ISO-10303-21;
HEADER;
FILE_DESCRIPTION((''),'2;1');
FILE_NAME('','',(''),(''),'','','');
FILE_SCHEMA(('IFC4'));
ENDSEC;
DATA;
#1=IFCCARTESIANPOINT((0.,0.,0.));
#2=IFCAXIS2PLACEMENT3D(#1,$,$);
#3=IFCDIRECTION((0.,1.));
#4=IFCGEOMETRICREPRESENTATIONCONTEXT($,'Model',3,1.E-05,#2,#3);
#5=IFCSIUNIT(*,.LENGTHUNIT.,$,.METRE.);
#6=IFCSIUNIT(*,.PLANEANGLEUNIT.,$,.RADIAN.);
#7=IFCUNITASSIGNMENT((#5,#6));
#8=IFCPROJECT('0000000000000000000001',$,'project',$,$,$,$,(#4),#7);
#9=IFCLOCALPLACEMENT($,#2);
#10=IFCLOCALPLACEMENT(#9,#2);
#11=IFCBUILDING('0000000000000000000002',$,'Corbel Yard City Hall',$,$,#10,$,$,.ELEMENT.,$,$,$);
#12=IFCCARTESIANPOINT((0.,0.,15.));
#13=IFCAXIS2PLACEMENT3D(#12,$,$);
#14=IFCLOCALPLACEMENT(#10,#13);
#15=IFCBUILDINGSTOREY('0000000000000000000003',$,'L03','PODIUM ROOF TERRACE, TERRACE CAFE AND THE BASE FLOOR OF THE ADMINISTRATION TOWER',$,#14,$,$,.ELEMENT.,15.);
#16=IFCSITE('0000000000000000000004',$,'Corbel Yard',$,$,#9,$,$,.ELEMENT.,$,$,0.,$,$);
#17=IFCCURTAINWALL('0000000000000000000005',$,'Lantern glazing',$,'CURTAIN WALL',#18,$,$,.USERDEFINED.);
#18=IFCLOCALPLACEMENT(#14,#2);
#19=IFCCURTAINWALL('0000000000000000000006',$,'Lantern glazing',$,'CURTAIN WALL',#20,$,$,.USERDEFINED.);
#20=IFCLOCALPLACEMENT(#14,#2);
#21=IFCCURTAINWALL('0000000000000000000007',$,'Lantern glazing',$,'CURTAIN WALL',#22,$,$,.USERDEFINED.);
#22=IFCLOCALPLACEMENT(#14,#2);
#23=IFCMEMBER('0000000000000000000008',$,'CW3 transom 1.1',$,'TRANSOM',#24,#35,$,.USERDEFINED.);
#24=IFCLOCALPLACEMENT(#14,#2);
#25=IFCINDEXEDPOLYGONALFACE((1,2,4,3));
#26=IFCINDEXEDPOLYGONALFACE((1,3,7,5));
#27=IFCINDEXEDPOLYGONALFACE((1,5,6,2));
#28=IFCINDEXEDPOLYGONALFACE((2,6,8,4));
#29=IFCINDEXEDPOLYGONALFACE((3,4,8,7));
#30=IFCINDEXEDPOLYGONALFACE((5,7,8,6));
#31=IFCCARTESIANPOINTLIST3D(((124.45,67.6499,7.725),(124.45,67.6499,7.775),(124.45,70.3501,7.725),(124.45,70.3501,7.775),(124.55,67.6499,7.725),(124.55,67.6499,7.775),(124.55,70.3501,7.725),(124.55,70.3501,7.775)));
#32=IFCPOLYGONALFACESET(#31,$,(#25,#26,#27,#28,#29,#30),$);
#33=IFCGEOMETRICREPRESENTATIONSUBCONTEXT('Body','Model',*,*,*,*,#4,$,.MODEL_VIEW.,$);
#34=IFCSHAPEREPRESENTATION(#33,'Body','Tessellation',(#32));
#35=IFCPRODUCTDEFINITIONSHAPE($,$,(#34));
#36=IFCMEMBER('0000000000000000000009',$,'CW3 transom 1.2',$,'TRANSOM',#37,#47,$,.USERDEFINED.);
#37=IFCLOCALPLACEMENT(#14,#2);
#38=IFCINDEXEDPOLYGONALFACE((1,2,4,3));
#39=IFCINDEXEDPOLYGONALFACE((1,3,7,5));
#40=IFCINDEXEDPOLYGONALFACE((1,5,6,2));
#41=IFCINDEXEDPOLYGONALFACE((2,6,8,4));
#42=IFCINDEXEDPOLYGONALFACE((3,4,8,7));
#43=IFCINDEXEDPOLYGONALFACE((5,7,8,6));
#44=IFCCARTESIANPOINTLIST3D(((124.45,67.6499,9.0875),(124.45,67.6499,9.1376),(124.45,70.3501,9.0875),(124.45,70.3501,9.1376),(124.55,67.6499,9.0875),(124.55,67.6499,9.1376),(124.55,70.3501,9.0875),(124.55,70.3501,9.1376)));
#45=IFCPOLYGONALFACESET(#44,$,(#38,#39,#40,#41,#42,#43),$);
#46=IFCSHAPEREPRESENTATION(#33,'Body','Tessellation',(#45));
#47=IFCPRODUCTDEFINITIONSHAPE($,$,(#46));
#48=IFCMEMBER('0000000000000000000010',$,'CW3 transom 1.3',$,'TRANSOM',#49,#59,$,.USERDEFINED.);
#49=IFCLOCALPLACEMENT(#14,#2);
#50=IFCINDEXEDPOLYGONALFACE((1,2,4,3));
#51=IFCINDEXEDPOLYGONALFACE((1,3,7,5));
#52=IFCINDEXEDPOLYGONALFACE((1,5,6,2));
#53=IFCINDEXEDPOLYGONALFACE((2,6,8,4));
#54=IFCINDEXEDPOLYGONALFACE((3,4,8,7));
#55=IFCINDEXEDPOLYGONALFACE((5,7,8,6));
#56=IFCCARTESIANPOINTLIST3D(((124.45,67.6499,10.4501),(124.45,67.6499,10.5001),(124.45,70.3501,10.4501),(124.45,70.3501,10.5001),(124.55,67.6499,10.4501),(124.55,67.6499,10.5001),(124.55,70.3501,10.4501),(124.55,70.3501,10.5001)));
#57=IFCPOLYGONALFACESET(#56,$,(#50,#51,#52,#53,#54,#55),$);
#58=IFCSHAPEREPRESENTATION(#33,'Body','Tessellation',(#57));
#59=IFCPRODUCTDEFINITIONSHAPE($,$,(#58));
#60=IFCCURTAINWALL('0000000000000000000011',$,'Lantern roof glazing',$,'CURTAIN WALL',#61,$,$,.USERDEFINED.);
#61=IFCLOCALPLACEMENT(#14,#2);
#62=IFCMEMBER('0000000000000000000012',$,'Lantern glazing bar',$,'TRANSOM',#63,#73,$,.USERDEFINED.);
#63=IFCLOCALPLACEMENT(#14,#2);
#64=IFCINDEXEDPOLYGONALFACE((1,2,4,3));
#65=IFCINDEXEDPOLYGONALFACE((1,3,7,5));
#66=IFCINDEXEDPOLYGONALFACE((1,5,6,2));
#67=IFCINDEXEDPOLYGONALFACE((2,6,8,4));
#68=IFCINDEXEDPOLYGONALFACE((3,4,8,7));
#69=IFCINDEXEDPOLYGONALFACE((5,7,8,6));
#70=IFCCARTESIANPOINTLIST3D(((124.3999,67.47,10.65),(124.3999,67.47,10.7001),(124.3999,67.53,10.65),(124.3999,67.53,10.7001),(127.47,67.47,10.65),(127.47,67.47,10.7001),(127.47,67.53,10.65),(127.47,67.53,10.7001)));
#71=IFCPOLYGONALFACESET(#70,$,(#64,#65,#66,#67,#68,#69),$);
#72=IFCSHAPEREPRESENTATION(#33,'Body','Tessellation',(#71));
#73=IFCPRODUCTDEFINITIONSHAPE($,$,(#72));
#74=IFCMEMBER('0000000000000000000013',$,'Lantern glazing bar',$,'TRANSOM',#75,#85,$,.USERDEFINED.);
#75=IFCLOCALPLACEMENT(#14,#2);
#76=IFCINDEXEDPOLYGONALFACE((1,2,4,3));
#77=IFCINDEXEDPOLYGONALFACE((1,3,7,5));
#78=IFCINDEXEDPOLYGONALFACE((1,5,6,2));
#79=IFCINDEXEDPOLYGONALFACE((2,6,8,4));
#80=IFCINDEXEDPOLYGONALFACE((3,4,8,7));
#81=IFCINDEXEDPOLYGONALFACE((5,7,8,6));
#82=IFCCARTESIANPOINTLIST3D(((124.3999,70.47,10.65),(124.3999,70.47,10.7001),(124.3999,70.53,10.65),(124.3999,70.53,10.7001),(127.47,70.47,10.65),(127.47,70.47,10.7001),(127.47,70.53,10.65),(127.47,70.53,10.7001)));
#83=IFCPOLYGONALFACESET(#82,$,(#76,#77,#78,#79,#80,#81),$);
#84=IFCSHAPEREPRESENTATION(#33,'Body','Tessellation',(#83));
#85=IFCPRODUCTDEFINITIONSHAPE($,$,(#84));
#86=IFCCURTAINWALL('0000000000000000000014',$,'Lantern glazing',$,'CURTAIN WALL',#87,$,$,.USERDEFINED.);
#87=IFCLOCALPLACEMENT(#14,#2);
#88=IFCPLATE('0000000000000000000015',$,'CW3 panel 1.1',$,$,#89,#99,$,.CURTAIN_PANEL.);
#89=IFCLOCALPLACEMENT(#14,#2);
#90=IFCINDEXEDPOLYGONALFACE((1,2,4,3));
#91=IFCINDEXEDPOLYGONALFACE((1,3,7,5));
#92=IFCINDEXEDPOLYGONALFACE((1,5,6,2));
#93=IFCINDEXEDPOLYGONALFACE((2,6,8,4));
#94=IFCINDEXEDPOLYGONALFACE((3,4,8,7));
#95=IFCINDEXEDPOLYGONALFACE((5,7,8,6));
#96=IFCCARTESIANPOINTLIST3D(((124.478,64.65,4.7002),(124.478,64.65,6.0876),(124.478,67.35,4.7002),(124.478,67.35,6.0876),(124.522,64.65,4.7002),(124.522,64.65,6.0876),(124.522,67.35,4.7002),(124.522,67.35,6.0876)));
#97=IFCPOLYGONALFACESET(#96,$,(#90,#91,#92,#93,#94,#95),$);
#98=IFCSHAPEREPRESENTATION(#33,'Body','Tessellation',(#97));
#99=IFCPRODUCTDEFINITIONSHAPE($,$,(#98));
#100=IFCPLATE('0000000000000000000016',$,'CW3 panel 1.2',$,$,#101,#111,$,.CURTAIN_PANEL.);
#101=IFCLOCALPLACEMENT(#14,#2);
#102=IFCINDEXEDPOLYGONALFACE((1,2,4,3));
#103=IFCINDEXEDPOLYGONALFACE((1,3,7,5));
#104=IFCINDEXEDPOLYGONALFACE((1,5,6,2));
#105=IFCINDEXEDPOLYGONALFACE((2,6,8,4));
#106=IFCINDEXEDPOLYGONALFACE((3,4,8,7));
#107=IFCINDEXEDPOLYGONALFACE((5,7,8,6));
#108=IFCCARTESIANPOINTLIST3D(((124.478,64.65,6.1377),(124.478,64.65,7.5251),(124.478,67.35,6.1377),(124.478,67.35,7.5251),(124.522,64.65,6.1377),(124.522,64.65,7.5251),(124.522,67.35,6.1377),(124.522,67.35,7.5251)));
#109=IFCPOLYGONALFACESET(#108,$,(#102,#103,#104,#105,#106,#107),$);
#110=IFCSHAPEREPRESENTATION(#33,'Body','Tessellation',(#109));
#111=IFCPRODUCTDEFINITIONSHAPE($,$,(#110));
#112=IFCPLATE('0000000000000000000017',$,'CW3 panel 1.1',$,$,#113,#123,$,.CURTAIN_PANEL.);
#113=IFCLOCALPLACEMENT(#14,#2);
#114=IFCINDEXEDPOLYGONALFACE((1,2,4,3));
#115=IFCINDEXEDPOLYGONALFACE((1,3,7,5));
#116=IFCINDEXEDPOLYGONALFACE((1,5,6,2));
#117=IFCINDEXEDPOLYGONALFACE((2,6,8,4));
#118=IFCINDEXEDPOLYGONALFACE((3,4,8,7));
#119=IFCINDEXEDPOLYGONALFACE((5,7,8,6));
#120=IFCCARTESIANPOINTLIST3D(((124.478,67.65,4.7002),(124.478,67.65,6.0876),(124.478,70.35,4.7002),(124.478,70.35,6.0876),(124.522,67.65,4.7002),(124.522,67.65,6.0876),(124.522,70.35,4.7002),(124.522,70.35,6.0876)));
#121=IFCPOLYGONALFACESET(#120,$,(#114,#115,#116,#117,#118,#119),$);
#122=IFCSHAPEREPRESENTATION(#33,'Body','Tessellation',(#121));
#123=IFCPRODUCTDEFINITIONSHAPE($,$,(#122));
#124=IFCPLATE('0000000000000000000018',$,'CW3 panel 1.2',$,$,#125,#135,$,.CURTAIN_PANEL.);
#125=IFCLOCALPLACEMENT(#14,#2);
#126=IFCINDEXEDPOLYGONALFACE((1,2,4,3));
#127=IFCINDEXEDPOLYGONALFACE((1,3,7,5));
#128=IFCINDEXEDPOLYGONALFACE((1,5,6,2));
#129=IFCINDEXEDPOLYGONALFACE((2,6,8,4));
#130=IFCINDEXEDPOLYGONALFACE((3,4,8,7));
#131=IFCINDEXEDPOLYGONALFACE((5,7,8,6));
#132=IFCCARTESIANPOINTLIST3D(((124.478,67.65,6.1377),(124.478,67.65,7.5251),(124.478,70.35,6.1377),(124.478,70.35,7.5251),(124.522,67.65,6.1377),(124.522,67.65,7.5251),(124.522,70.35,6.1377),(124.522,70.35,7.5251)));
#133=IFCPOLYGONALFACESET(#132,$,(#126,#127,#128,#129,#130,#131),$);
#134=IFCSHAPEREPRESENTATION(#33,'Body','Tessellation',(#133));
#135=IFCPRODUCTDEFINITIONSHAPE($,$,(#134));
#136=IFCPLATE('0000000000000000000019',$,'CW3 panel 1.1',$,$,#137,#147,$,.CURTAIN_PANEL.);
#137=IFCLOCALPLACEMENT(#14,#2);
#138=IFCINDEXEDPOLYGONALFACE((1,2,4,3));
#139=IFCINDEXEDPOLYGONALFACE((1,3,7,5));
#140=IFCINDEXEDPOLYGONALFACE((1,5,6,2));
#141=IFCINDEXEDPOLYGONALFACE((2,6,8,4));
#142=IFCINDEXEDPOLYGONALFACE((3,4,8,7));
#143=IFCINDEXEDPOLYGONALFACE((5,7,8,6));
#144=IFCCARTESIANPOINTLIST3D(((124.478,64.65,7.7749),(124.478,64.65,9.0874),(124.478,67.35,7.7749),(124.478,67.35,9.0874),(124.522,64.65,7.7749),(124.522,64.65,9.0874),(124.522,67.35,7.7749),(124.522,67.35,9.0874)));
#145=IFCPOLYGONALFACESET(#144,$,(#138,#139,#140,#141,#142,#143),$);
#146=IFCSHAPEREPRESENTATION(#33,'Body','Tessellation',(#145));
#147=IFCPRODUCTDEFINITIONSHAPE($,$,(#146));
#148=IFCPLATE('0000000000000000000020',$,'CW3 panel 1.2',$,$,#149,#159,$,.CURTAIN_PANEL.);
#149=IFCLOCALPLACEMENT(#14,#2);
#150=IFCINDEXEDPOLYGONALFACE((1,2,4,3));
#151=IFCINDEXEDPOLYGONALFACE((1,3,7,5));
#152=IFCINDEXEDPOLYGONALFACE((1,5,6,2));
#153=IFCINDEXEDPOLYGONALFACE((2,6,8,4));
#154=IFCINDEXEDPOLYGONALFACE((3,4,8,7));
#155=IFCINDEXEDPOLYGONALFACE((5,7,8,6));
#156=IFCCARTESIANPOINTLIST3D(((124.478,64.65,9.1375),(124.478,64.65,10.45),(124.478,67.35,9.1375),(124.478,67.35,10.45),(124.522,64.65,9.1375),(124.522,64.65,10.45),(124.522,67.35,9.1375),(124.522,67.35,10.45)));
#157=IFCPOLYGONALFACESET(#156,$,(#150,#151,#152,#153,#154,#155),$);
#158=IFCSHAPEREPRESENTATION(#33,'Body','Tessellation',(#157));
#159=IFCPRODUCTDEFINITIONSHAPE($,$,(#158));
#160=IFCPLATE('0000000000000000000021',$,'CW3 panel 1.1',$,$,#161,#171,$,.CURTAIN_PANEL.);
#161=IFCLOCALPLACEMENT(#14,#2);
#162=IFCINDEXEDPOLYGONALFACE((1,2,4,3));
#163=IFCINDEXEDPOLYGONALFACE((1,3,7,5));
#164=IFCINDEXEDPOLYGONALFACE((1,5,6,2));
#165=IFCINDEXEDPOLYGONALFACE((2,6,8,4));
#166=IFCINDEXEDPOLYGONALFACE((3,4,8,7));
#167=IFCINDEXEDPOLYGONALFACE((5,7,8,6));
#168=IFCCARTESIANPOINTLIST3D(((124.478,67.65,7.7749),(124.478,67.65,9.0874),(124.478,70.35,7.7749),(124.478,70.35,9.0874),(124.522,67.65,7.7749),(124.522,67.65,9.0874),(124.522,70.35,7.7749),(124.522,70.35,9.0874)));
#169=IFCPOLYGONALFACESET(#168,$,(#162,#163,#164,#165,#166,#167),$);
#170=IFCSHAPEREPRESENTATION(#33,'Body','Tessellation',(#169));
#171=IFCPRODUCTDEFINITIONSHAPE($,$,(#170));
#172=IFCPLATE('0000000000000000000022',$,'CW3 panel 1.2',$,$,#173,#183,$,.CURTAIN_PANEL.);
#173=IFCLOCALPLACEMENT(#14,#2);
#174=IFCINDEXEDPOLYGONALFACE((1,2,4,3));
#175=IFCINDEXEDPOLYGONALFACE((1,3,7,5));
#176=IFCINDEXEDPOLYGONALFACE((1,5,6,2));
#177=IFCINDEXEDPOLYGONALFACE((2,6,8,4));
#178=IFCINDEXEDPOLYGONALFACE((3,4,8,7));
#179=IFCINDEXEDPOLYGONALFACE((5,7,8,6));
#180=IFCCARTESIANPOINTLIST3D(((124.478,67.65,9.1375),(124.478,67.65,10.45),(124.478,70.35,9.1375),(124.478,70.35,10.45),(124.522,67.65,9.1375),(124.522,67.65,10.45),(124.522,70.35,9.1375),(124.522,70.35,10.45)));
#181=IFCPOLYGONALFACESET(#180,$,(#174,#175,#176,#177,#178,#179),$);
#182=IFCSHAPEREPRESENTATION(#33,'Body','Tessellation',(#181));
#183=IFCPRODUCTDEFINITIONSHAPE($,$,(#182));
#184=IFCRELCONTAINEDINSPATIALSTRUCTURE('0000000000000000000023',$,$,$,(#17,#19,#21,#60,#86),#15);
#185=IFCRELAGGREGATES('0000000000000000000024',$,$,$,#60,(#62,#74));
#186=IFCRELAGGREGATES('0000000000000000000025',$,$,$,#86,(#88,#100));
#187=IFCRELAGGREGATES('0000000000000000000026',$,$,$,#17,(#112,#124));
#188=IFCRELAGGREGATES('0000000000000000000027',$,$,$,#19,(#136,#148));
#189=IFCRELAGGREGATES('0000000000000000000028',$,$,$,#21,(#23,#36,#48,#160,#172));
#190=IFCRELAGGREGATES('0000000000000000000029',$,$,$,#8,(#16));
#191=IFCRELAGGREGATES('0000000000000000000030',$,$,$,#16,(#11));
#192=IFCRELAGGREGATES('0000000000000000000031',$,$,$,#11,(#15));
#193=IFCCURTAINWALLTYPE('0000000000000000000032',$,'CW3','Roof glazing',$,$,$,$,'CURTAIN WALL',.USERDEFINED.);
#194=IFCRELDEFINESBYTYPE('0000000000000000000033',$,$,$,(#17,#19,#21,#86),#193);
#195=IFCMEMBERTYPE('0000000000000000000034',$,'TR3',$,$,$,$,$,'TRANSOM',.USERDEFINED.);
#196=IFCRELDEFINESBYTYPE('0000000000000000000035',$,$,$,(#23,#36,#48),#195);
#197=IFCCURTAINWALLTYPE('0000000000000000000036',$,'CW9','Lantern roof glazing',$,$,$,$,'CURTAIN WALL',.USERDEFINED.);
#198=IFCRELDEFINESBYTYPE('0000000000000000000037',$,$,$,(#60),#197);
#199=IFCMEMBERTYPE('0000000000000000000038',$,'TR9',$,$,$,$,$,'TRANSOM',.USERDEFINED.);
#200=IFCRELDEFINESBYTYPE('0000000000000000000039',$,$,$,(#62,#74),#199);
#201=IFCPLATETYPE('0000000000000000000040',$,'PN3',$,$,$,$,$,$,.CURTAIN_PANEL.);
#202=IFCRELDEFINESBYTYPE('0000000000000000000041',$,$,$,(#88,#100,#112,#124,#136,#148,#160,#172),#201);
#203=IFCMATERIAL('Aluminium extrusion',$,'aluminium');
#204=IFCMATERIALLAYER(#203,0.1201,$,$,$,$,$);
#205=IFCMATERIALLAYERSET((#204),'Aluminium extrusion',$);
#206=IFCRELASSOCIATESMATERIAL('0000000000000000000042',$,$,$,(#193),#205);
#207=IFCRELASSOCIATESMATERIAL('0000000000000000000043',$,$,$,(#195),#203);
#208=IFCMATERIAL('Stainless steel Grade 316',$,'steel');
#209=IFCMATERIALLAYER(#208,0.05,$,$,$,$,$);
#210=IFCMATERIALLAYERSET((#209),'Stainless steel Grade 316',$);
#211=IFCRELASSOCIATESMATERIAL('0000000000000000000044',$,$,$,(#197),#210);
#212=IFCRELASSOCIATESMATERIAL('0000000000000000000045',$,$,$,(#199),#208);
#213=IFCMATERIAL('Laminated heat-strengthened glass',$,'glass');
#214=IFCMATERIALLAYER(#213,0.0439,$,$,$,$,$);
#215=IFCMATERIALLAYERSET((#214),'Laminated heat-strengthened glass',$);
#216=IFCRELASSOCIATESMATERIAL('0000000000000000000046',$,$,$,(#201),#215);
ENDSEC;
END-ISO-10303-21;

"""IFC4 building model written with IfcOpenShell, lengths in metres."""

from ifc_helpers import new_model, si_unit, direction, frame, origin, origin_2d, place, context, subcontext, project, spatial, rectangle, extrude, material, layer, layer_set, material_profile, profile_set, type_object, element, aggregate, save


model = new_model("IFC4")

# Units and contexts
model_context = context("Model", 3, precision=1e-05, world=origin(), true_north=direction((0.0, 1.0)))
body_context = subcontext(model_context, "Body", "Model", "MODEL_VIEW")
ifc_project = project(units=[si_unit("LENGTHUNIT", "METRE"), si_unit("PLANEANGLEUNIT", "RADIAN")], contexts=[model_context])

# Site, building, storey
site_placement = place(None, origin())
site = spatial("IfcSite", under=ifc_project, at=site_placement, Name="Corbel Yard", CompositionType="ELEMENT", RefElevation=0.0)
building_placement = place(site_placement, origin())
building = spatial("IfcBuilding", under=site, at=building_placement, Name="Corbel Yard City Hall", CompositionType="ELEMENT")
storey_placement = place(building_placement, frame((0.0, 0.0, 15.0)))
storey = spatial("IfcBuildingStorey", under=building, at=storey_placement, Name="L03", Description="PODIUM ROOF TERRACE, TERRACE CAFE AND THE BASE FLOOR OF THE ADMINISTRATION TOWER", CompositionType="ELEMENT", Elevation=15.0)

# Curtain walls
ifc_material_1 = material(Name="Aluminium extrusion", Category="aluminium")
ifc_layer_1 = layer(ifc_material_1, 0.1201)
ifc_layer_set_1 = layer_set([ifc_layer_1], Name="Aluminium extrusion")
curtain_wall_type_1 = type_object("IfcCurtainWallType", Name="CW3", Description="Roof glazing", ElementType="CURTAIN WALL", PredefinedType="USERDEFINED", material=ifc_layer_set_1)
curtain_wall_1_placement = place(storey_placement, origin())
curtain_wall_1 = element("IfcCurtainWall", 1, at=curtain_wall_1_placement, inside=storey, type_object=curtain_wall_type_1, Name="Lantern glazing", ObjectType="CURTAIN WALL", PredefinedType="USERDEFINED")
curtain_wall_2_placement = place(storey_placement, origin())
curtain_wall_2 = element("IfcCurtainWall", 2, at=curtain_wall_2_placement, inside=storey, type_object=curtain_wall_type_1, Name="Lantern glazing", ObjectType="CURTAIN WALL", PredefinedType="USERDEFINED")

# Curtain wall
curtain_wall_3_placement = place(storey_placement, origin())
curtain_wall_3 = element("IfcCurtainWall", 3, at=curtain_wall_3_placement, inside=storey, type_object=curtain_wall_type_1, Name="Lantern glazing", ObjectType="CURTAIN WALL", PredefinedType="USERDEFINED")

# Members
ifc_material_profile_1 = material_profile(ifc_material_1, rectangle(XDim=0.1001, YDim=0.05, at=origin_2d()), Name="100x50")
ifc_profile_set_1 = profile_set([ifc_material_profile_1], Name="Aluminium extrusion")
member_type_1 = type_object("IfcMemberType", Name="TR3", ElementType="TRANSOM", PredefinedType="USERDEFINED", material=ifc_profile_set_1)
member_1_placement = place(storey_placement, frame((124.5, 67.6499, 7.75), z_axis=(0.0, 1.0, 0.0), x_axis=(-1.0, 0.0, 0.0)))
member_1 = element("IfcMember", 4, at=member_1_placement, type_object=member_type_1, Name="CW3 transom 1.1", ObjectType="TRANSOM", PredefinedType="USERDEFINED", context=body_context, shape_type="SweptSolid", body=[
    extrude(rectangle(XDim=0.1001, YDim=0.05, at=origin_2d()), origin(), (0.0, 0.0, 1.0), 2.7002),
])
member_2_placement = place(storey_placement, frame((124.5, 67.6499, 9.1125), z_axis=(0.0, 1.0, 0.0), x_axis=(-1.0, 0.0, 0.0)))
member_2 = element("IfcMember", 5, at=member_2_placement, type_object=member_type_1, Name="CW3 transom 1.2", ObjectType="TRANSOM", PredefinedType="USERDEFINED", context=body_context, shape_type="SweptSolid", body=[
    extrude(rectangle(XDim=0.1001, YDim=0.05, at=origin_2d()), origin(), (0.0, 0.0, 1.0), 2.7002),
])
member_3_placement = place(storey_placement, frame((124.5, 67.6499, 10.4751), z_axis=(0.0, 1.0, 0.0), x_axis=(-1.0, 0.0, 0.0)))
member_3 = element("IfcMember", 6, at=member_3_placement, type_object=member_type_1, Name="CW3 transom 1.3", ObjectType="TRANSOM", PredefinedType="USERDEFINED", context=body_context, shape_type="SweptSolid", body=[
    extrude(rectangle(XDim=0.1001, YDim=0.05, at=origin_2d()), origin(), (0.0, 0.0, 1.0), 2.7002),
])

# Curtain wall, members
ifc_material_2 = material(Name="Stainless steel Grade 316", Category="steel")
ifc_layer_2 = layer(ifc_material_2, 0.05)
ifc_layer_set_2 = layer_set([ifc_layer_2], Name="Stainless steel Grade 316")
curtain_wall_type_2 = type_object("IfcCurtainWallType", Name="CW9", Description="Lantern roof glazing", ElementType="CURTAIN WALL", PredefinedType="USERDEFINED", material=ifc_layer_set_2)
curtain_wall_4_placement = place(storey_placement, origin())
curtain_wall_4 = element("IfcCurtainWall", 7, at=curtain_wall_4_placement, inside=storey, type_object=curtain_wall_type_2, Name="Lantern roof glazing", ObjectType="CURTAIN WALL", PredefinedType="USERDEFINED")
ifc_material_profile_2 = material_profile(ifc_material_2, rectangle(XDim=0.0601, YDim=0.05, at=origin_2d()), Name="60x50")
ifc_profile_set_2 = profile_set([ifc_material_profile_2], Name="Stainless steel Grade 316")
member_type_2 = type_object("IfcMemberType", Name="TR9", ElementType="TRANSOM", PredefinedType="USERDEFINED", material=ifc_profile_set_2)
member_4_placement = place(storey_placement, frame((124.3999, 67.5, 10.675), z_axis=(1.0, 0.0, 0.0), x_axis=(0.0, 1.0, 0.0)))
member_4 = element("IfcMember", 8, at=member_4_placement, type_object=member_type_2, Name="Lantern glazing bar", ObjectType="TRANSOM", PredefinedType="USERDEFINED", context=body_context, shape_type="SweptSolid", body=[
    extrude(rectangle(XDim=0.0601, YDim=0.05, at=origin_2d()), origin(), (0.0, 0.0, 1.0), 3.0701),
])
member_5_placement = place(storey_placement, frame((124.3999, 70.5, 10.675), z_axis=(1.0, 0.0, 0.0), x_axis=(0.0, 1.0, 0.0)))
member_5 = element("IfcMember", 9, at=member_5_placement, type_object=member_type_2, Name="Lantern glazing bar", ObjectType="TRANSOM", PredefinedType="USERDEFINED", context=body_context, shape_type="SweptSolid", body=[
    extrude(rectangle(XDim=0.0601, YDim=0.05, at=origin_2d()), origin(), (0.0, 0.0, 1.0), 3.0701),
])
aggregate(curtain_wall_4, [member_4, member_5])

# Curtain wall, plates
curtain_wall_5_placement = place(storey_placement, origin())
curtain_wall_5 = element("IfcCurtainWall", 10, at=curtain_wall_5_placement, inside=storey, type_object=curtain_wall_type_1, Name="Lantern glazing", ObjectType="CURTAIN WALL", PredefinedType="USERDEFINED")
ifc_material_3 = material(Name="Laminated heat-strengthened glass", Category="glass")
ifc_layer_3 = layer(ifc_material_3, 0.0439)
ifc_layer_set_3 = layer_set([ifc_layer_3], Name="Laminated heat-strengthened glass")
plate_type = type_object("IfcPlateType", Name="PN3", PredefinedType="CURTAIN_PANEL", material=ifc_layer_set_3)
plate_1_placement = place(storey_placement, frame((124.5, 66.0, 4.7002), z_axis=(0.0, 0.0, 1.0), x_axis=(0.0, 1.0, 0.0)))
plate_1 = element("IfcPlate", 11, at=plate_1_placement, type_object=plate_type, Name="CW3 panel 1.1", PredefinedType="CURTAIN_PANEL", context=body_context, shape_type="SweptSolid", body=[
    extrude(rectangle(XDim=2.7, YDim=0.0439, at=origin_2d()), origin(), (0.0, 0.0, 1.0), 1.3875),
])
plate_2_placement = place(storey_placement, frame((124.5, 66.0, 6.1377), z_axis=(0.0, 0.0, 1.0), x_axis=(0.0, 1.0, 0.0)))
plate_2 = element("IfcPlate", 12, at=plate_2_placement, type_object=plate_type, Name="CW3 panel 1.2", PredefinedType="CURTAIN_PANEL", context=body_context, shape_type="SweptSolid", body=[
    extrude(rectangle(XDim=2.7, YDim=0.0439, at=origin_2d()), origin(), (0.0, 0.0, 1.0), 1.3875),
])
aggregate(curtain_wall_5, [plate_1, plate_2])

# Plates
plate_3_placement = place(storey_placement, frame((124.5, 69.0, 4.7002), z_axis=(0.0, 0.0, 1.0), x_axis=(0.0, 1.0, 0.0)))
plate_3 = element("IfcPlate", 13, at=plate_3_placement, type_object=plate_type, Name="CW3 panel 1.1", PredefinedType="CURTAIN_PANEL", context=body_context, shape_type="SweptSolid", body=[
    extrude(rectangle(XDim=2.7, YDim=0.0439, at=origin_2d()), origin(), (0.0, 0.0, 1.0), 1.3875),
])
plate_4_placement = place(storey_placement, frame((124.5, 69.0, 6.1377), z_axis=(0.0, 0.0, 1.0), x_axis=(0.0, 1.0, 0.0)))
plate_4 = element("IfcPlate", 14, at=plate_4_placement, type_object=plate_type, Name="CW3 panel 1.2", PredefinedType="CURTAIN_PANEL", context=body_context, shape_type="SweptSolid", body=[
    extrude(rectangle(XDim=2.7, YDim=0.0439, at=origin_2d()), origin(), (0.0, 0.0, 1.0), 1.3875),
])
aggregate(curtain_wall_1, [plate_3, plate_4])
plate_5_placement = place(storey_placement, frame((124.5, 66.0, 7.7749), z_axis=(0.0, 0.0, 1.0), x_axis=(0.0, 1.0, 0.0)))
plate_5 = element("IfcPlate", 15, at=plate_5_placement, type_object=plate_type, Name="CW3 panel 1.1", PredefinedType="CURTAIN_PANEL", context=body_context, shape_type="SweptSolid", body=[
    extrude(rectangle(XDim=2.7, YDim=0.0439, at=origin_2d()), origin(), (0.0, 0.0, 1.0), 1.3125),
])
plate_6_placement = place(storey_placement, frame((124.5, 66.0, 9.1375), z_axis=(0.0, 0.0, 1.0), x_axis=(0.0, 1.0, 0.0)))
plate_6 = element("IfcPlate", 16, at=plate_6_placement, type_object=plate_type, Name="CW3 panel 1.2", PredefinedType="CURTAIN_PANEL", context=body_context, shape_type="SweptSolid", body=[
    extrude(rectangle(XDim=2.7, YDim=0.0439, at=origin_2d()), origin(), (0.0, 0.0, 1.0), 1.3125),
])
aggregate(curtain_wall_2, [plate_5, plate_6])
plate_7_placement = place(storey_placement, frame((124.5, 69.0, 7.7749), z_axis=(0.0, 0.0, 1.0), x_axis=(0.0, 1.0, 0.0)))
plate_7 = element("IfcPlate", 17, at=plate_7_placement, type_object=plate_type, Name="CW3 panel 1.1", PredefinedType="CURTAIN_PANEL", context=body_context, shape_type="SweptSolid", body=[
    extrude(rectangle(XDim=2.7, YDim=0.0439, at=origin_2d()), origin(), (0.0, 0.0, 1.0), 1.3125),
])
plate_8_placement = place(storey_placement, frame((124.5, 69.0, 9.1375), z_axis=(0.0, 0.0, 1.0), x_axis=(0.0, 1.0, 0.0)))
plate_8 = element("IfcPlate", 18, at=plate_8_placement, type_object=plate_type, Name="CW3 panel 1.2", PredefinedType="CURTAIN_PANEL", context=body_context, shape_type="SweptSolid", body=[
    extrude(rectangle(XDim=2.7, YDim=0.0439, at=origin_2d()), origin(), (0.0, 0.0, 1.0), 1.3125),
])
aggregate(curtain_wall_3, [member_1, member_2, member_3, plate_7, plate_8])

save(model, "model.ifc")
